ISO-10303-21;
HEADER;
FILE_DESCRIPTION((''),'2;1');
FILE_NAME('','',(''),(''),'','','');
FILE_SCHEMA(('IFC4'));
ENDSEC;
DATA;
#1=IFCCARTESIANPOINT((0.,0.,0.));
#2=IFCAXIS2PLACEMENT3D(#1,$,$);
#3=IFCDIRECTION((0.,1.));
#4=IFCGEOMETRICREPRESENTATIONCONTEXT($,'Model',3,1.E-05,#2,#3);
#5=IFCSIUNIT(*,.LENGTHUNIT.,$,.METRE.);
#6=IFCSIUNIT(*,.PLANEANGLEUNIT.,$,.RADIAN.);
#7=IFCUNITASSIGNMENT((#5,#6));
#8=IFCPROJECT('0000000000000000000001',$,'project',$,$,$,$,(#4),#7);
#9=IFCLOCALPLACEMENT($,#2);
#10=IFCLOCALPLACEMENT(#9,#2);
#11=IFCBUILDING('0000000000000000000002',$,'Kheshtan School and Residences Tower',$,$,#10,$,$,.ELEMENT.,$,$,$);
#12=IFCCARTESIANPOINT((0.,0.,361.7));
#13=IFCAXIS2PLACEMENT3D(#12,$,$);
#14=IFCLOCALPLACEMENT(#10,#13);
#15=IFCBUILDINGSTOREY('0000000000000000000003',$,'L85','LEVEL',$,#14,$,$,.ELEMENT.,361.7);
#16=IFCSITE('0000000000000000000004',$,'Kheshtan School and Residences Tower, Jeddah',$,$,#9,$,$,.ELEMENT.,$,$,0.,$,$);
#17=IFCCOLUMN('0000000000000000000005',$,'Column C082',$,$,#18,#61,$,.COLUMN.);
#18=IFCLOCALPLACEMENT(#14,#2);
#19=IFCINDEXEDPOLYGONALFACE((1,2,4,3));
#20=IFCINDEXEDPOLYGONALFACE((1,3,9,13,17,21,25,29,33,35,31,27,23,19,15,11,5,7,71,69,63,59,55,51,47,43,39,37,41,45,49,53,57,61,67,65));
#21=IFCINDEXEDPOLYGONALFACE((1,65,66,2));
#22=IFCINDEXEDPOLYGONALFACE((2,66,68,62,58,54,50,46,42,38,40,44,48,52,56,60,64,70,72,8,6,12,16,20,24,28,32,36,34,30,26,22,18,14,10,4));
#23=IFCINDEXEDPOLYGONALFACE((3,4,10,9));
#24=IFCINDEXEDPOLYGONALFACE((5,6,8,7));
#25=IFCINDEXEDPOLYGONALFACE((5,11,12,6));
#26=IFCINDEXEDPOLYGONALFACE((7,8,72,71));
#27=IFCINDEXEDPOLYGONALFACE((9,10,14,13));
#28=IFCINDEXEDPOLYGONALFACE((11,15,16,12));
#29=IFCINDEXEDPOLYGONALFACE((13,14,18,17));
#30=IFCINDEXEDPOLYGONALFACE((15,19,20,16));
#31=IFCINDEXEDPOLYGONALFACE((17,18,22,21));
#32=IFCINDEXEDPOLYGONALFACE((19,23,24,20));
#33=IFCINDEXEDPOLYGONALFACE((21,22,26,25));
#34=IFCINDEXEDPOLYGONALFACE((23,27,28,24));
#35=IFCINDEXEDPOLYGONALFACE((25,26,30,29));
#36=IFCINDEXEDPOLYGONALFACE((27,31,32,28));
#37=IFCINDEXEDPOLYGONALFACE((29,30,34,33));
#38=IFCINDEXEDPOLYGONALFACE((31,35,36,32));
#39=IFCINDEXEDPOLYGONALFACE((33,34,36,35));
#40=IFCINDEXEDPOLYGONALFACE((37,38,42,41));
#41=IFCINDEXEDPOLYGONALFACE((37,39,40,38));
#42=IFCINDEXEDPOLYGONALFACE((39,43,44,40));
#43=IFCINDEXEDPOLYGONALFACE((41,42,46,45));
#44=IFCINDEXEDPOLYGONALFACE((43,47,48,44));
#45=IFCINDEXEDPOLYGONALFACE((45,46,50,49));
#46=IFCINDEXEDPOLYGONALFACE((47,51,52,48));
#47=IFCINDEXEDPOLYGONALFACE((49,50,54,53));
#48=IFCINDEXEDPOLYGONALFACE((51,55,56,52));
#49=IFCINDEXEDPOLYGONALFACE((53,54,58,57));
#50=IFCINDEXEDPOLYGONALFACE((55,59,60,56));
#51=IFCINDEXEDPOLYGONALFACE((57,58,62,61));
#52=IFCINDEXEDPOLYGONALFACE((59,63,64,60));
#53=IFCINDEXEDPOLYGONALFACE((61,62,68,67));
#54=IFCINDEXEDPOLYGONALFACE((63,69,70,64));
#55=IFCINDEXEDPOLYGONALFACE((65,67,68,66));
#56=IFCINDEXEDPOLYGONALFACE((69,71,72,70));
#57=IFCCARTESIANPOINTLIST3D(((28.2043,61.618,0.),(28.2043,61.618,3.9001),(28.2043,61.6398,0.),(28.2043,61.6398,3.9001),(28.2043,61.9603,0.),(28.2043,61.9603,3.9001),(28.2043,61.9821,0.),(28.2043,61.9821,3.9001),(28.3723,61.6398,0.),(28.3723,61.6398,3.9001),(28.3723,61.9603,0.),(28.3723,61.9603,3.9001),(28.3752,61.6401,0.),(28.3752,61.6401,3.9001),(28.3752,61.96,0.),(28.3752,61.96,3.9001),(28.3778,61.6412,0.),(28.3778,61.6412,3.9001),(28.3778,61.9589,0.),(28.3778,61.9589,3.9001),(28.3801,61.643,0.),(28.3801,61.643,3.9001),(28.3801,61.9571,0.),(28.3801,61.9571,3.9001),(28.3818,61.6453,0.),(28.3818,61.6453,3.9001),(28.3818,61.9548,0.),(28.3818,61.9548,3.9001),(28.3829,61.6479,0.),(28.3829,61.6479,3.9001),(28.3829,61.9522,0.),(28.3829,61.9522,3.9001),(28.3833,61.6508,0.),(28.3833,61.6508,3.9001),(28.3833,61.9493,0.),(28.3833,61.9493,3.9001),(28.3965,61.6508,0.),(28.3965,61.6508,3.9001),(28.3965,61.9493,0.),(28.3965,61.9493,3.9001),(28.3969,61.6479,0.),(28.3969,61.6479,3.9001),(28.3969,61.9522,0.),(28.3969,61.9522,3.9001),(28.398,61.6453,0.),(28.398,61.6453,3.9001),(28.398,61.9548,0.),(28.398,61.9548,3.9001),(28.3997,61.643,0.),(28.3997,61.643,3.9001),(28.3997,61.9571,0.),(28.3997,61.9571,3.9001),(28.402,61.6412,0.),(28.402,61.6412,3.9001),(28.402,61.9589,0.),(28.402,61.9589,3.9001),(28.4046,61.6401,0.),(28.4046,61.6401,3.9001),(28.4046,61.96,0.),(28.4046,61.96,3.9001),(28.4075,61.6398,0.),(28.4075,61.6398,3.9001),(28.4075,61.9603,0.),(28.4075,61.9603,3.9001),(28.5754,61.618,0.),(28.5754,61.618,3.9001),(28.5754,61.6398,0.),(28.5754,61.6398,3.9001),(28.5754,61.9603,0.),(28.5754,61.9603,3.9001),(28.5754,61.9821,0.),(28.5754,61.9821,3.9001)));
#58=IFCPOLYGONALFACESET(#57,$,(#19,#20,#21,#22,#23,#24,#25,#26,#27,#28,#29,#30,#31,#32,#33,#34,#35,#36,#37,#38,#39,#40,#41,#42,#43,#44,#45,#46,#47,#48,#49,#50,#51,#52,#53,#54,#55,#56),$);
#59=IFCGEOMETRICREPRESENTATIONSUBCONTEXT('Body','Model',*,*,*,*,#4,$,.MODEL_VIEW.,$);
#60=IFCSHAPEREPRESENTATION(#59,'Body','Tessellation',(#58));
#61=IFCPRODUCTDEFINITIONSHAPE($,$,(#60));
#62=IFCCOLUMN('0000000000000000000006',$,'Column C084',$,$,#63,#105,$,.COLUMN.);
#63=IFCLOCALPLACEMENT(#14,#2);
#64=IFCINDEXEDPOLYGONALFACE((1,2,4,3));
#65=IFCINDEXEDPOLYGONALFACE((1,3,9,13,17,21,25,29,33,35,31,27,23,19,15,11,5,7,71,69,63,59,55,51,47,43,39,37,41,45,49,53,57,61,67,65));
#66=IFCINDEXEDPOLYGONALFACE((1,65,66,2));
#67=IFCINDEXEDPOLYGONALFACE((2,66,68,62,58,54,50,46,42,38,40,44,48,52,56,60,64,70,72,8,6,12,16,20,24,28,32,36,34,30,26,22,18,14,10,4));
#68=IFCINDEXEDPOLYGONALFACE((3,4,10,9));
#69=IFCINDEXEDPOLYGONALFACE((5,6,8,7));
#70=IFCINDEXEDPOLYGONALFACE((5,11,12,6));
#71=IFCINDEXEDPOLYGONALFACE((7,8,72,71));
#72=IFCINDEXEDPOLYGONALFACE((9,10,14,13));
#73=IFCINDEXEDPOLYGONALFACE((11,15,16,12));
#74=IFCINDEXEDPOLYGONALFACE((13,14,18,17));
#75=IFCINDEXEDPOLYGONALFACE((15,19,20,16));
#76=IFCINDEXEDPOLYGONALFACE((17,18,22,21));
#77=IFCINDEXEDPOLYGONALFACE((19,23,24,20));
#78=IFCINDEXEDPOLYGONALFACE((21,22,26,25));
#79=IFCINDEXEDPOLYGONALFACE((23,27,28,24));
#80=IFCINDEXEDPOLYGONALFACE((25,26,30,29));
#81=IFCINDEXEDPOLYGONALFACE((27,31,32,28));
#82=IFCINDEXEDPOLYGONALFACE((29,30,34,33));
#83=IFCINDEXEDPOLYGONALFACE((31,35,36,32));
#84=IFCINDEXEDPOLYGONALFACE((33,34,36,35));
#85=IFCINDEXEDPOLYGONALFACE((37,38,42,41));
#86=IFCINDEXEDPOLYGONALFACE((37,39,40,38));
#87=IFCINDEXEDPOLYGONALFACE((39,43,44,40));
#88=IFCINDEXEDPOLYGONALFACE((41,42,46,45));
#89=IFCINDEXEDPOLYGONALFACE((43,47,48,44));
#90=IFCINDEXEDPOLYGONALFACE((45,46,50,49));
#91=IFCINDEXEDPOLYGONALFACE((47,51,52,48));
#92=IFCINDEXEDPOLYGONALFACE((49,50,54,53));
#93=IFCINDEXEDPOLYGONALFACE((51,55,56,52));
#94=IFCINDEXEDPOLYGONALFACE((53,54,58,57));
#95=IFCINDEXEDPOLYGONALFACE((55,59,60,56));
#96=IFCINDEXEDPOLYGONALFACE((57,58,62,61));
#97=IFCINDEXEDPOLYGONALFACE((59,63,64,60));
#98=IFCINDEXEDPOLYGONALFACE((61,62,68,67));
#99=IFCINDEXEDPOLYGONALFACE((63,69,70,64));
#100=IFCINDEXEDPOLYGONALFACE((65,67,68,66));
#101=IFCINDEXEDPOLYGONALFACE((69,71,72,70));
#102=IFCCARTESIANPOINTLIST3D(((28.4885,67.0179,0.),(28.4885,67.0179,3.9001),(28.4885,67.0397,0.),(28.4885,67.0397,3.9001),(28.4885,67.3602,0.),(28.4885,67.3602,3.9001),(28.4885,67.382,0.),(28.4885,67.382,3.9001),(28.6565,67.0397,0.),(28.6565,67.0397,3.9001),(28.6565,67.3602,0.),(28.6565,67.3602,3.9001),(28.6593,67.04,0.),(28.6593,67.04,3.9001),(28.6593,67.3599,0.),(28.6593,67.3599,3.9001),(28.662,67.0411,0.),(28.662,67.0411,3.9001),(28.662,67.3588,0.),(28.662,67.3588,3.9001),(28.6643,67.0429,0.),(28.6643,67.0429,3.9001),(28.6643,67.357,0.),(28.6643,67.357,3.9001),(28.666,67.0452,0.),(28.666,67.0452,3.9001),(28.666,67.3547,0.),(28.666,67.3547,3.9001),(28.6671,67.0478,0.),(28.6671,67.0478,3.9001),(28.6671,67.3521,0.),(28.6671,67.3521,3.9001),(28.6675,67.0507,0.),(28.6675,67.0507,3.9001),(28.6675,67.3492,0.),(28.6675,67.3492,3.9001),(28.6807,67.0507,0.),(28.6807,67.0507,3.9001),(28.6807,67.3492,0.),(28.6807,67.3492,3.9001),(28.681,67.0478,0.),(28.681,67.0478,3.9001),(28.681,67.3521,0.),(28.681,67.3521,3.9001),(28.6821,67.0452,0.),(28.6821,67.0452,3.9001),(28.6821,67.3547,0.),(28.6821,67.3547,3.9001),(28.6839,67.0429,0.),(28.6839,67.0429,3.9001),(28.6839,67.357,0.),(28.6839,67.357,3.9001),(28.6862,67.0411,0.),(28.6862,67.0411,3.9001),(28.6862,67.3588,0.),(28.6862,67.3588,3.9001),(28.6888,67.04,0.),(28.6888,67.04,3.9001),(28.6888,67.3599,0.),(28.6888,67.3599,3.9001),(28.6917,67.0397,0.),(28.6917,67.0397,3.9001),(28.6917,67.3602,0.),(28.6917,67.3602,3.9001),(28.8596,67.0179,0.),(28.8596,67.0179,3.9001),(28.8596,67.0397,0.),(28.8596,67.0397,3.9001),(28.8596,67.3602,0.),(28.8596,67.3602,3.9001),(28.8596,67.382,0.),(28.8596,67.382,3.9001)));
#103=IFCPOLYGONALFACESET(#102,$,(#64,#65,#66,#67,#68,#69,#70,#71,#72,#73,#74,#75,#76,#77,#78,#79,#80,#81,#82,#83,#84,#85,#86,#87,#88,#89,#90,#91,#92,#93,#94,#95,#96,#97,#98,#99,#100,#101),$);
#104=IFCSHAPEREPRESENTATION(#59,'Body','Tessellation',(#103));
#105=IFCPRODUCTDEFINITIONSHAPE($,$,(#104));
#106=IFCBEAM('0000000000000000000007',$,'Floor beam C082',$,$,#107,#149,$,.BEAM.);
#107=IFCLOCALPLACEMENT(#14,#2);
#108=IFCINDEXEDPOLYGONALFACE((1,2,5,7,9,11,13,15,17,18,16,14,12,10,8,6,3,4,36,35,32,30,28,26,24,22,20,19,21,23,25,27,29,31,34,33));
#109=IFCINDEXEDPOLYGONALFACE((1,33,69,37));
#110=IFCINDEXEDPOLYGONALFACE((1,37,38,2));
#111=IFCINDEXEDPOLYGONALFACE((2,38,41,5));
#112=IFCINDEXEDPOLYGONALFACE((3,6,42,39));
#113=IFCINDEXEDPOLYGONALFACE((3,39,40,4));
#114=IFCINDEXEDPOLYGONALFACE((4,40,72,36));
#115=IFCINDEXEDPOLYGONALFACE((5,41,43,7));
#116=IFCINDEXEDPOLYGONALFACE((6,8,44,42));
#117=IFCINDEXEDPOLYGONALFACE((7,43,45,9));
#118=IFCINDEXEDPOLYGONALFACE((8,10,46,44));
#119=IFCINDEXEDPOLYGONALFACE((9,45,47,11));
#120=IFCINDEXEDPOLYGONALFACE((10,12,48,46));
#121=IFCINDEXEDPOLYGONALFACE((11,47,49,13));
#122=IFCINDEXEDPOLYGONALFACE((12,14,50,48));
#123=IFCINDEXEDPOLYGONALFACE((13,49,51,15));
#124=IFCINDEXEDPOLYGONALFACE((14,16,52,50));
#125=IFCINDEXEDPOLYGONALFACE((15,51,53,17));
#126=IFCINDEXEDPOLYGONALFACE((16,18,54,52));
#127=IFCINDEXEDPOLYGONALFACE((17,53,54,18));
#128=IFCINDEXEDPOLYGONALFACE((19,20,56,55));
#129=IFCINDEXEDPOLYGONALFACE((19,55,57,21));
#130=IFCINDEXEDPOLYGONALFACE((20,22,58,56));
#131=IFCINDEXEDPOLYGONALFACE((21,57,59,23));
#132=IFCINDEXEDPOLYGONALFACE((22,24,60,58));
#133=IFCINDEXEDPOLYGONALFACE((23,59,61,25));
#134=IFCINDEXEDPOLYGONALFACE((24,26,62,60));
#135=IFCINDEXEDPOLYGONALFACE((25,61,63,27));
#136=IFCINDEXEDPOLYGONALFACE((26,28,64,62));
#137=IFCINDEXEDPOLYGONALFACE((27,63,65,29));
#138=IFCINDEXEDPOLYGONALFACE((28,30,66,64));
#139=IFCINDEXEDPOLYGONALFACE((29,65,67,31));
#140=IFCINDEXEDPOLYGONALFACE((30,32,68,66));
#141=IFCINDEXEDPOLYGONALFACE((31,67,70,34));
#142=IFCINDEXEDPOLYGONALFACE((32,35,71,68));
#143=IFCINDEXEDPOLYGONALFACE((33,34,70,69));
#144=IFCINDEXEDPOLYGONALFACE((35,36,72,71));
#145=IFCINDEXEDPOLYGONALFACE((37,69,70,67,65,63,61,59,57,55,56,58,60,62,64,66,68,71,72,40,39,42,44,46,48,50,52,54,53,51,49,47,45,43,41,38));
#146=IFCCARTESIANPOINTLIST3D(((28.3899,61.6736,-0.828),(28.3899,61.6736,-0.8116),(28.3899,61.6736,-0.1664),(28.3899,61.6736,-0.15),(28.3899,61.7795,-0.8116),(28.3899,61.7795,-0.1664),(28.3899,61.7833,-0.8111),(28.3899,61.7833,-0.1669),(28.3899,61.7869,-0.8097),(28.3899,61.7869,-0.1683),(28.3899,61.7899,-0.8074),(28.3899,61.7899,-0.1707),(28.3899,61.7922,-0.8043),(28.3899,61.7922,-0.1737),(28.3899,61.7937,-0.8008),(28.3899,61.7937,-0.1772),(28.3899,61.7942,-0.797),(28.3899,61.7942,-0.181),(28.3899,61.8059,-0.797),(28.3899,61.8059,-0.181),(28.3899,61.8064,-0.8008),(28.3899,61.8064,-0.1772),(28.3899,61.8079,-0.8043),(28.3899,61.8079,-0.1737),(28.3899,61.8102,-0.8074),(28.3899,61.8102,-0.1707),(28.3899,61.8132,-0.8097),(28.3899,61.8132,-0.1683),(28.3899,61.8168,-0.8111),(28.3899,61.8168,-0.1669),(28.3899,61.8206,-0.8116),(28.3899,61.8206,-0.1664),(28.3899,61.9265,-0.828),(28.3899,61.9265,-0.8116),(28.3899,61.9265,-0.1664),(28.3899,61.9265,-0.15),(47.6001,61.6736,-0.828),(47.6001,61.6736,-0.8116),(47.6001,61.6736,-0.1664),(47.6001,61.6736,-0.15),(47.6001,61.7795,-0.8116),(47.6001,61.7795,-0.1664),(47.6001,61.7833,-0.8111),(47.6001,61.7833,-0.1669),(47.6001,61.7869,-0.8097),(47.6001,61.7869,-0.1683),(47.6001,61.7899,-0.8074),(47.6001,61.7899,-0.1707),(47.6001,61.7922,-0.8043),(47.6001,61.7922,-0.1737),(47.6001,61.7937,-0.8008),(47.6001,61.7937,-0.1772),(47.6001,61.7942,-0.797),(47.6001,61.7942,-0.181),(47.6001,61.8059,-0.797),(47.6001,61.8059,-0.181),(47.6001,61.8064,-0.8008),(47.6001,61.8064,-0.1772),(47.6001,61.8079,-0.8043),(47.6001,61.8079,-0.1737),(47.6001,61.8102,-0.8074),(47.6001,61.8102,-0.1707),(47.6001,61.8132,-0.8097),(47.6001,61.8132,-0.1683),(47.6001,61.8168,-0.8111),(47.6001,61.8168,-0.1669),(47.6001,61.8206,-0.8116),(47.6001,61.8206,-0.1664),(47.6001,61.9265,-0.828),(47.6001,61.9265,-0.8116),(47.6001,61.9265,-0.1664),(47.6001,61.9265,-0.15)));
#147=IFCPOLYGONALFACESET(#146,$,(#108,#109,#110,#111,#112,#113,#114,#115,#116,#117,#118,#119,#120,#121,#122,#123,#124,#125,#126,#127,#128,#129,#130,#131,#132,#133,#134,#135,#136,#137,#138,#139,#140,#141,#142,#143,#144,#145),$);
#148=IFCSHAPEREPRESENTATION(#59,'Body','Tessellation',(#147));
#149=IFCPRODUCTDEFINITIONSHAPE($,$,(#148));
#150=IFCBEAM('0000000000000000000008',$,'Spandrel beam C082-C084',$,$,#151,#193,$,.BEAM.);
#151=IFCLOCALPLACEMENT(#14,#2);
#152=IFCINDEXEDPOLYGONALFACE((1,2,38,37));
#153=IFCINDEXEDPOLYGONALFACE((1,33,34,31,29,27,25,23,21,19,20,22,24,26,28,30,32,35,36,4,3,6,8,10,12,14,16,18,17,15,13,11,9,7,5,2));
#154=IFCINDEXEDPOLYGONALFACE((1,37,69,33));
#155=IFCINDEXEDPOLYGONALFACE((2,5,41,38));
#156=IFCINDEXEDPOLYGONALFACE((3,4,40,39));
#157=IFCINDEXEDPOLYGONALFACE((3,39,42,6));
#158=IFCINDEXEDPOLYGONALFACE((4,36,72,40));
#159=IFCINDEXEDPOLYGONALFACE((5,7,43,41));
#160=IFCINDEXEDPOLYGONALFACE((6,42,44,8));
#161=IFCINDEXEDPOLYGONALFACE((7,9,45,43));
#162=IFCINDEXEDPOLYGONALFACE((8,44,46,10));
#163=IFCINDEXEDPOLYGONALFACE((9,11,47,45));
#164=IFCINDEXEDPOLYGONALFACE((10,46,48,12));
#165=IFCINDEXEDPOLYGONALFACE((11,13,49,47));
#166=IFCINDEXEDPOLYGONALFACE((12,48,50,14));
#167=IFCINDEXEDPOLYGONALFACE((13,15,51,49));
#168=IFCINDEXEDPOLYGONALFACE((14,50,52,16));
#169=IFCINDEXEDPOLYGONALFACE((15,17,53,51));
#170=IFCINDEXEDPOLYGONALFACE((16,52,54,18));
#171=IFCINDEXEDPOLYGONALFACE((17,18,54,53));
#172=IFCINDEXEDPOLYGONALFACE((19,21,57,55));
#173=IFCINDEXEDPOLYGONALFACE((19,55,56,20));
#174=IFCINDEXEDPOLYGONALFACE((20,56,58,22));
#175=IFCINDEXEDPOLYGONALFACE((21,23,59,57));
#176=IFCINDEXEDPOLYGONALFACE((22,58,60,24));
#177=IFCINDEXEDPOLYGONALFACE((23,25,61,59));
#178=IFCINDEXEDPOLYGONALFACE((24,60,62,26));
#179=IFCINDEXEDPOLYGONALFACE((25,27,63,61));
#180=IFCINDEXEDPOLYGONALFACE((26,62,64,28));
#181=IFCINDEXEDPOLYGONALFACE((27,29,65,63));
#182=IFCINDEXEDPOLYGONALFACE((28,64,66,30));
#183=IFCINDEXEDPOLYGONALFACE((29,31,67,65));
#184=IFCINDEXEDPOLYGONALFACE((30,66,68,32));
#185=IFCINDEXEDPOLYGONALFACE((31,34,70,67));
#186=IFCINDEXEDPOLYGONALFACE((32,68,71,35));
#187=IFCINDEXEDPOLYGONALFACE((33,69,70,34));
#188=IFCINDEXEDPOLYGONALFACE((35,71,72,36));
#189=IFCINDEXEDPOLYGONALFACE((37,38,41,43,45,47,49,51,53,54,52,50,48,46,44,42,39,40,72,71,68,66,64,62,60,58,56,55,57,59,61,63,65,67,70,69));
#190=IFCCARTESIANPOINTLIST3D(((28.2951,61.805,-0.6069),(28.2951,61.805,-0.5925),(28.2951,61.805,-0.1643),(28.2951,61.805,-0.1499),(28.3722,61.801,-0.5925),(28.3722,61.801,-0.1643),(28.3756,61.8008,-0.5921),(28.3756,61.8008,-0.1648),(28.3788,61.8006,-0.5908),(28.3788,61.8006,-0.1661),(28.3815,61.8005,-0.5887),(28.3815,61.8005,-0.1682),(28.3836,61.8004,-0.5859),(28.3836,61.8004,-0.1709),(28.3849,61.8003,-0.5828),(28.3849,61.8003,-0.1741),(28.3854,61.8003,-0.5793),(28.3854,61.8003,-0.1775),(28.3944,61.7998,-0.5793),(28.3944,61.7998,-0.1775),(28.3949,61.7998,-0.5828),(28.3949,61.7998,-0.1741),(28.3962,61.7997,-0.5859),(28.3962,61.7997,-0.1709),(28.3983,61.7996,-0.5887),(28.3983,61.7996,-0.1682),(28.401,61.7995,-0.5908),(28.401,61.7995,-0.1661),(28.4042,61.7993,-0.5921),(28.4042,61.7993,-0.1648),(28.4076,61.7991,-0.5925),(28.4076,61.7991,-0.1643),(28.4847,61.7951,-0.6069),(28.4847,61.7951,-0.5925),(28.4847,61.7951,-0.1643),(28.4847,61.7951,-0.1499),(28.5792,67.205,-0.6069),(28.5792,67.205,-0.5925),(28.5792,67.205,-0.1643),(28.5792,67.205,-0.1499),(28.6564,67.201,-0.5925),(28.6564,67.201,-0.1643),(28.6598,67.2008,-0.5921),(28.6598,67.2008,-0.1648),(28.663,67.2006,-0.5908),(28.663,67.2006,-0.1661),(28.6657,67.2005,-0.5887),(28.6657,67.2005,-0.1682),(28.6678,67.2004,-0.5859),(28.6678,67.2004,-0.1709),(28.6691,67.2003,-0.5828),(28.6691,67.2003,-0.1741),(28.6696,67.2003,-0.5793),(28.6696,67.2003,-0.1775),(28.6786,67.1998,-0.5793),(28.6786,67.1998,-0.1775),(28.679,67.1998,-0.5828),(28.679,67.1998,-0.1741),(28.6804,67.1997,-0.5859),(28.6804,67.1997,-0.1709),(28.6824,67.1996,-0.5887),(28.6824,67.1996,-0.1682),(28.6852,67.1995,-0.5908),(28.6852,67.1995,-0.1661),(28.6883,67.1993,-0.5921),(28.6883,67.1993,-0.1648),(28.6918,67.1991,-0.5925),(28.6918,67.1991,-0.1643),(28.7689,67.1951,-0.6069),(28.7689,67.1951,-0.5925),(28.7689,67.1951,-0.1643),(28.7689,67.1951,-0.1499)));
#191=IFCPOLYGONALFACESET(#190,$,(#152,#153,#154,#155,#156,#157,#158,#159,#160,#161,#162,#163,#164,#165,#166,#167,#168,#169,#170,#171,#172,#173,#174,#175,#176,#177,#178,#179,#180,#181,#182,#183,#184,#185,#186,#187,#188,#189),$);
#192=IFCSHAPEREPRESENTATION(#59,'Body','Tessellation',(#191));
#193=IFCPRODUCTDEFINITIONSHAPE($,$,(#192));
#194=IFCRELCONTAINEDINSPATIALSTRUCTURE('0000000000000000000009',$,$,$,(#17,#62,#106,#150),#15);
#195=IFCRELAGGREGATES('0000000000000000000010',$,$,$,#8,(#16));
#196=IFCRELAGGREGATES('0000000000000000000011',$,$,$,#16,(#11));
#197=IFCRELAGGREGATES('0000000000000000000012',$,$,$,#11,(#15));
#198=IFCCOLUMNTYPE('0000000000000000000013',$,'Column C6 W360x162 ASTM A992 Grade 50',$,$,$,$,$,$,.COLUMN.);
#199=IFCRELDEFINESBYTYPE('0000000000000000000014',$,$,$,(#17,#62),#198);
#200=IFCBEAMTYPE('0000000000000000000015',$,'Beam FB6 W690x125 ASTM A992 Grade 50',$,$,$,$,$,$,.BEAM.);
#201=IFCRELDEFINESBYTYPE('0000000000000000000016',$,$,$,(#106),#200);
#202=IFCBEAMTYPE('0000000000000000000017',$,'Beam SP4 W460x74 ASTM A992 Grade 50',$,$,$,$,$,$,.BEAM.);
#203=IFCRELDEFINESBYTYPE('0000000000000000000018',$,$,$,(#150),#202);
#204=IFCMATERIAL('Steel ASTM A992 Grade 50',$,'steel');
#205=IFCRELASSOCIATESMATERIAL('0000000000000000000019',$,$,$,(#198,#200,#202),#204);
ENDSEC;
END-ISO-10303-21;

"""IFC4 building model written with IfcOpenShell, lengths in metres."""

from ifc_helpers import new_model, si_unit, direction, frame, origin, origin_2d, place, context, subcontext, project, spatial, i_section, extrude, material, material_profile, profile_set, type_object, element, save


model = new_model("IFC4")

# Units and contexts
model_context = context("Model", 3, precision=1e-05, world=origin(), true_north=direction((0.0, 1.0)))
body_context = subcontext(model_context, "Body", "Model", "MODEL_VIEW")
ifc_project = project(units=[si_unit("LENGTHUNIT", "METRE"), si_unit("PLANEANGLEUNIT", "RADIAN")], contexts=[model_context])

# Site, building, storey
site_placement = place(None, origin())
site = spatial("IfcSite", under=ifc_project, at=site_placement, Name="Kheshtan School and Residences Tower, Jeddah", CompositionType="ELEMENT", RefElevation=0.0)
building_placement = place(site_placement, origin())
building = spatial("IfcBuilding", under=site, at=building_placement, Name="Kheshtan School and Residences Tower", CompositionType="ELEMENT")
storey_placement = place(building_placement, frame((0.0, 0.0, 361.7)))
storey = spatial("IfcBuildingStorey", under=building, at=storey_placement, Name="L85", Description="LEVEL", CompositionType="ELEMENT", Elevation=361.7)

# Columns
ifc_material_1 = material(Name="Steel ASTM A992 Grade 50", Category="steel")
ifc_material_profile_1 = material_profile(ifc_material_1, i_section(OverallWidth=0.3711, OverallDepth=0.364, WebThickness=0.0132, FlangeThickness=0.0217, FilletRadius=0.011, at=origin_2d()), Name="W360x162")
ifc_profile_set_1 = profile_set([ifc_material_profile_1], Name="Steel ASTM A992 Grade 50")
column_type = type_object("IfcColumnType", Name="Column C6 W360x162 ASTM A992 Grade 50", PredefinedType="COLUMN", material=ifc_profile_set_1)
for number, where, z_axis, x_axis, name in (
    (1, (28.3899, 61.8, 0.0), (0.0, 0.0, 1.0), (1.0, 0.0, 0.0), "Column C082"),
    (2, (28.6741, 67.2, 0.0), (0.0, 0.0, 1.0), (1.0, 0.0, 0.0), "Column C084"),
):
    element("IfcColumn", number, at=place(storey_placement, frame(where, z_axis=z_axis, x_axis=x_axis)), inside=storey, type_object=column_type, Name=name, PredefinedType="COLUMN", context=body_context, shape_type="SweptSolid", body=[
        extrude(i_section(OverallWidth=0.3711, OverallDepth=0.364, WebThickness=0.0132, FlangeThickness=0.0217, FilletRadius=0.011, at=origin_2d()), origin(), (0.0, 0.0, 1.0), 3.9001),
    ])

# Beams
ifc_material_profile_2 = material_profile(ifc_material_1, i_section(OverallWidth=0.2529, OverallDepth=0.678, WebThickness=0.0117, FlangeThickness=0.0164, FilletRadius=0.0146, at=origin_2d()), Name="W690x125")
ifc_profile_set_2 = profile_set([ifc_material_profile_2], Name="Steel ASTM A992 Grade 50")
beam_type_1 = type_object("IfcBeamType", Name="Beam FB6 W690x125 ASTM A992 Grade 50", PredefinedType="BEAM", material=ifc_profile_set_2)
beam_1_placement = place(storey_placement, frame((28.3899, 61.8, -0.489), z_axis=(1.0, 0.0, 0.0), x_axis=(0.0, 1.0, 0.0)))
element("IfcBeam", 3, at=beam_1_placement, inside=storey, type_object=beam_type_1, Name="Floor beam C082", PredefinedType="BEAM", context=body_context, shape_type="SweptSolid", body=[
    extrude(i_section(OverallWidth=0.2529, OverallDepth=0.678, WebThickness=0.0117, FlangeThickness=0.0164, FilletRadius=0.0146, at=origin_2d()), origin(), (0.0, 0.0, 1.0), 19.2102),
])
ifc_material_profile_3 = material_profile(ifc_material_1, i_section(OverallWidth=0.1899, OverallDepth=0.457, WebThickness=0.009, FlangeThickness=0.0144, FilletRadius=0.0132, at=origin_2d()), Name="W460x74")
ifc_profile_set_3 = profile_set([ifc_material_profile_3], Name="Steel ASTM A992 Grade 50")
beam_type_2 = type_object("IfcBeamType", Name="Beam SP4 W460x74 ASTM A992 Grade 50", PredefinedType="BEAM", material=ifc_profile_set_3)
beam_2_placement = place(storey_placement, frame((28.3899, 61.8, -0.3784), z_axis=(0.052554, 0.998618, 0.0), x_axis=(-0.998618, 0.052554, 0.0)))
element("IfcBeam", 4, at=beam_2_placement, inside=storey, type_object=beam_type_2, Name="Spandrel beam C082-C084", PredefinedType="BEAM", context=body_context, shape_type="SweptSolid", body=[
    extrude(i_section(OverallWidth=0.1899, OverallDepth=0.457, WebThickness=0.009, FlangeThickness=0.0144, FilletRadius=0.0132, at=origin_2d()), origin(), (0.0, 0.0, 1.0), 5.4075),
])

save(model, "model.ifc")
